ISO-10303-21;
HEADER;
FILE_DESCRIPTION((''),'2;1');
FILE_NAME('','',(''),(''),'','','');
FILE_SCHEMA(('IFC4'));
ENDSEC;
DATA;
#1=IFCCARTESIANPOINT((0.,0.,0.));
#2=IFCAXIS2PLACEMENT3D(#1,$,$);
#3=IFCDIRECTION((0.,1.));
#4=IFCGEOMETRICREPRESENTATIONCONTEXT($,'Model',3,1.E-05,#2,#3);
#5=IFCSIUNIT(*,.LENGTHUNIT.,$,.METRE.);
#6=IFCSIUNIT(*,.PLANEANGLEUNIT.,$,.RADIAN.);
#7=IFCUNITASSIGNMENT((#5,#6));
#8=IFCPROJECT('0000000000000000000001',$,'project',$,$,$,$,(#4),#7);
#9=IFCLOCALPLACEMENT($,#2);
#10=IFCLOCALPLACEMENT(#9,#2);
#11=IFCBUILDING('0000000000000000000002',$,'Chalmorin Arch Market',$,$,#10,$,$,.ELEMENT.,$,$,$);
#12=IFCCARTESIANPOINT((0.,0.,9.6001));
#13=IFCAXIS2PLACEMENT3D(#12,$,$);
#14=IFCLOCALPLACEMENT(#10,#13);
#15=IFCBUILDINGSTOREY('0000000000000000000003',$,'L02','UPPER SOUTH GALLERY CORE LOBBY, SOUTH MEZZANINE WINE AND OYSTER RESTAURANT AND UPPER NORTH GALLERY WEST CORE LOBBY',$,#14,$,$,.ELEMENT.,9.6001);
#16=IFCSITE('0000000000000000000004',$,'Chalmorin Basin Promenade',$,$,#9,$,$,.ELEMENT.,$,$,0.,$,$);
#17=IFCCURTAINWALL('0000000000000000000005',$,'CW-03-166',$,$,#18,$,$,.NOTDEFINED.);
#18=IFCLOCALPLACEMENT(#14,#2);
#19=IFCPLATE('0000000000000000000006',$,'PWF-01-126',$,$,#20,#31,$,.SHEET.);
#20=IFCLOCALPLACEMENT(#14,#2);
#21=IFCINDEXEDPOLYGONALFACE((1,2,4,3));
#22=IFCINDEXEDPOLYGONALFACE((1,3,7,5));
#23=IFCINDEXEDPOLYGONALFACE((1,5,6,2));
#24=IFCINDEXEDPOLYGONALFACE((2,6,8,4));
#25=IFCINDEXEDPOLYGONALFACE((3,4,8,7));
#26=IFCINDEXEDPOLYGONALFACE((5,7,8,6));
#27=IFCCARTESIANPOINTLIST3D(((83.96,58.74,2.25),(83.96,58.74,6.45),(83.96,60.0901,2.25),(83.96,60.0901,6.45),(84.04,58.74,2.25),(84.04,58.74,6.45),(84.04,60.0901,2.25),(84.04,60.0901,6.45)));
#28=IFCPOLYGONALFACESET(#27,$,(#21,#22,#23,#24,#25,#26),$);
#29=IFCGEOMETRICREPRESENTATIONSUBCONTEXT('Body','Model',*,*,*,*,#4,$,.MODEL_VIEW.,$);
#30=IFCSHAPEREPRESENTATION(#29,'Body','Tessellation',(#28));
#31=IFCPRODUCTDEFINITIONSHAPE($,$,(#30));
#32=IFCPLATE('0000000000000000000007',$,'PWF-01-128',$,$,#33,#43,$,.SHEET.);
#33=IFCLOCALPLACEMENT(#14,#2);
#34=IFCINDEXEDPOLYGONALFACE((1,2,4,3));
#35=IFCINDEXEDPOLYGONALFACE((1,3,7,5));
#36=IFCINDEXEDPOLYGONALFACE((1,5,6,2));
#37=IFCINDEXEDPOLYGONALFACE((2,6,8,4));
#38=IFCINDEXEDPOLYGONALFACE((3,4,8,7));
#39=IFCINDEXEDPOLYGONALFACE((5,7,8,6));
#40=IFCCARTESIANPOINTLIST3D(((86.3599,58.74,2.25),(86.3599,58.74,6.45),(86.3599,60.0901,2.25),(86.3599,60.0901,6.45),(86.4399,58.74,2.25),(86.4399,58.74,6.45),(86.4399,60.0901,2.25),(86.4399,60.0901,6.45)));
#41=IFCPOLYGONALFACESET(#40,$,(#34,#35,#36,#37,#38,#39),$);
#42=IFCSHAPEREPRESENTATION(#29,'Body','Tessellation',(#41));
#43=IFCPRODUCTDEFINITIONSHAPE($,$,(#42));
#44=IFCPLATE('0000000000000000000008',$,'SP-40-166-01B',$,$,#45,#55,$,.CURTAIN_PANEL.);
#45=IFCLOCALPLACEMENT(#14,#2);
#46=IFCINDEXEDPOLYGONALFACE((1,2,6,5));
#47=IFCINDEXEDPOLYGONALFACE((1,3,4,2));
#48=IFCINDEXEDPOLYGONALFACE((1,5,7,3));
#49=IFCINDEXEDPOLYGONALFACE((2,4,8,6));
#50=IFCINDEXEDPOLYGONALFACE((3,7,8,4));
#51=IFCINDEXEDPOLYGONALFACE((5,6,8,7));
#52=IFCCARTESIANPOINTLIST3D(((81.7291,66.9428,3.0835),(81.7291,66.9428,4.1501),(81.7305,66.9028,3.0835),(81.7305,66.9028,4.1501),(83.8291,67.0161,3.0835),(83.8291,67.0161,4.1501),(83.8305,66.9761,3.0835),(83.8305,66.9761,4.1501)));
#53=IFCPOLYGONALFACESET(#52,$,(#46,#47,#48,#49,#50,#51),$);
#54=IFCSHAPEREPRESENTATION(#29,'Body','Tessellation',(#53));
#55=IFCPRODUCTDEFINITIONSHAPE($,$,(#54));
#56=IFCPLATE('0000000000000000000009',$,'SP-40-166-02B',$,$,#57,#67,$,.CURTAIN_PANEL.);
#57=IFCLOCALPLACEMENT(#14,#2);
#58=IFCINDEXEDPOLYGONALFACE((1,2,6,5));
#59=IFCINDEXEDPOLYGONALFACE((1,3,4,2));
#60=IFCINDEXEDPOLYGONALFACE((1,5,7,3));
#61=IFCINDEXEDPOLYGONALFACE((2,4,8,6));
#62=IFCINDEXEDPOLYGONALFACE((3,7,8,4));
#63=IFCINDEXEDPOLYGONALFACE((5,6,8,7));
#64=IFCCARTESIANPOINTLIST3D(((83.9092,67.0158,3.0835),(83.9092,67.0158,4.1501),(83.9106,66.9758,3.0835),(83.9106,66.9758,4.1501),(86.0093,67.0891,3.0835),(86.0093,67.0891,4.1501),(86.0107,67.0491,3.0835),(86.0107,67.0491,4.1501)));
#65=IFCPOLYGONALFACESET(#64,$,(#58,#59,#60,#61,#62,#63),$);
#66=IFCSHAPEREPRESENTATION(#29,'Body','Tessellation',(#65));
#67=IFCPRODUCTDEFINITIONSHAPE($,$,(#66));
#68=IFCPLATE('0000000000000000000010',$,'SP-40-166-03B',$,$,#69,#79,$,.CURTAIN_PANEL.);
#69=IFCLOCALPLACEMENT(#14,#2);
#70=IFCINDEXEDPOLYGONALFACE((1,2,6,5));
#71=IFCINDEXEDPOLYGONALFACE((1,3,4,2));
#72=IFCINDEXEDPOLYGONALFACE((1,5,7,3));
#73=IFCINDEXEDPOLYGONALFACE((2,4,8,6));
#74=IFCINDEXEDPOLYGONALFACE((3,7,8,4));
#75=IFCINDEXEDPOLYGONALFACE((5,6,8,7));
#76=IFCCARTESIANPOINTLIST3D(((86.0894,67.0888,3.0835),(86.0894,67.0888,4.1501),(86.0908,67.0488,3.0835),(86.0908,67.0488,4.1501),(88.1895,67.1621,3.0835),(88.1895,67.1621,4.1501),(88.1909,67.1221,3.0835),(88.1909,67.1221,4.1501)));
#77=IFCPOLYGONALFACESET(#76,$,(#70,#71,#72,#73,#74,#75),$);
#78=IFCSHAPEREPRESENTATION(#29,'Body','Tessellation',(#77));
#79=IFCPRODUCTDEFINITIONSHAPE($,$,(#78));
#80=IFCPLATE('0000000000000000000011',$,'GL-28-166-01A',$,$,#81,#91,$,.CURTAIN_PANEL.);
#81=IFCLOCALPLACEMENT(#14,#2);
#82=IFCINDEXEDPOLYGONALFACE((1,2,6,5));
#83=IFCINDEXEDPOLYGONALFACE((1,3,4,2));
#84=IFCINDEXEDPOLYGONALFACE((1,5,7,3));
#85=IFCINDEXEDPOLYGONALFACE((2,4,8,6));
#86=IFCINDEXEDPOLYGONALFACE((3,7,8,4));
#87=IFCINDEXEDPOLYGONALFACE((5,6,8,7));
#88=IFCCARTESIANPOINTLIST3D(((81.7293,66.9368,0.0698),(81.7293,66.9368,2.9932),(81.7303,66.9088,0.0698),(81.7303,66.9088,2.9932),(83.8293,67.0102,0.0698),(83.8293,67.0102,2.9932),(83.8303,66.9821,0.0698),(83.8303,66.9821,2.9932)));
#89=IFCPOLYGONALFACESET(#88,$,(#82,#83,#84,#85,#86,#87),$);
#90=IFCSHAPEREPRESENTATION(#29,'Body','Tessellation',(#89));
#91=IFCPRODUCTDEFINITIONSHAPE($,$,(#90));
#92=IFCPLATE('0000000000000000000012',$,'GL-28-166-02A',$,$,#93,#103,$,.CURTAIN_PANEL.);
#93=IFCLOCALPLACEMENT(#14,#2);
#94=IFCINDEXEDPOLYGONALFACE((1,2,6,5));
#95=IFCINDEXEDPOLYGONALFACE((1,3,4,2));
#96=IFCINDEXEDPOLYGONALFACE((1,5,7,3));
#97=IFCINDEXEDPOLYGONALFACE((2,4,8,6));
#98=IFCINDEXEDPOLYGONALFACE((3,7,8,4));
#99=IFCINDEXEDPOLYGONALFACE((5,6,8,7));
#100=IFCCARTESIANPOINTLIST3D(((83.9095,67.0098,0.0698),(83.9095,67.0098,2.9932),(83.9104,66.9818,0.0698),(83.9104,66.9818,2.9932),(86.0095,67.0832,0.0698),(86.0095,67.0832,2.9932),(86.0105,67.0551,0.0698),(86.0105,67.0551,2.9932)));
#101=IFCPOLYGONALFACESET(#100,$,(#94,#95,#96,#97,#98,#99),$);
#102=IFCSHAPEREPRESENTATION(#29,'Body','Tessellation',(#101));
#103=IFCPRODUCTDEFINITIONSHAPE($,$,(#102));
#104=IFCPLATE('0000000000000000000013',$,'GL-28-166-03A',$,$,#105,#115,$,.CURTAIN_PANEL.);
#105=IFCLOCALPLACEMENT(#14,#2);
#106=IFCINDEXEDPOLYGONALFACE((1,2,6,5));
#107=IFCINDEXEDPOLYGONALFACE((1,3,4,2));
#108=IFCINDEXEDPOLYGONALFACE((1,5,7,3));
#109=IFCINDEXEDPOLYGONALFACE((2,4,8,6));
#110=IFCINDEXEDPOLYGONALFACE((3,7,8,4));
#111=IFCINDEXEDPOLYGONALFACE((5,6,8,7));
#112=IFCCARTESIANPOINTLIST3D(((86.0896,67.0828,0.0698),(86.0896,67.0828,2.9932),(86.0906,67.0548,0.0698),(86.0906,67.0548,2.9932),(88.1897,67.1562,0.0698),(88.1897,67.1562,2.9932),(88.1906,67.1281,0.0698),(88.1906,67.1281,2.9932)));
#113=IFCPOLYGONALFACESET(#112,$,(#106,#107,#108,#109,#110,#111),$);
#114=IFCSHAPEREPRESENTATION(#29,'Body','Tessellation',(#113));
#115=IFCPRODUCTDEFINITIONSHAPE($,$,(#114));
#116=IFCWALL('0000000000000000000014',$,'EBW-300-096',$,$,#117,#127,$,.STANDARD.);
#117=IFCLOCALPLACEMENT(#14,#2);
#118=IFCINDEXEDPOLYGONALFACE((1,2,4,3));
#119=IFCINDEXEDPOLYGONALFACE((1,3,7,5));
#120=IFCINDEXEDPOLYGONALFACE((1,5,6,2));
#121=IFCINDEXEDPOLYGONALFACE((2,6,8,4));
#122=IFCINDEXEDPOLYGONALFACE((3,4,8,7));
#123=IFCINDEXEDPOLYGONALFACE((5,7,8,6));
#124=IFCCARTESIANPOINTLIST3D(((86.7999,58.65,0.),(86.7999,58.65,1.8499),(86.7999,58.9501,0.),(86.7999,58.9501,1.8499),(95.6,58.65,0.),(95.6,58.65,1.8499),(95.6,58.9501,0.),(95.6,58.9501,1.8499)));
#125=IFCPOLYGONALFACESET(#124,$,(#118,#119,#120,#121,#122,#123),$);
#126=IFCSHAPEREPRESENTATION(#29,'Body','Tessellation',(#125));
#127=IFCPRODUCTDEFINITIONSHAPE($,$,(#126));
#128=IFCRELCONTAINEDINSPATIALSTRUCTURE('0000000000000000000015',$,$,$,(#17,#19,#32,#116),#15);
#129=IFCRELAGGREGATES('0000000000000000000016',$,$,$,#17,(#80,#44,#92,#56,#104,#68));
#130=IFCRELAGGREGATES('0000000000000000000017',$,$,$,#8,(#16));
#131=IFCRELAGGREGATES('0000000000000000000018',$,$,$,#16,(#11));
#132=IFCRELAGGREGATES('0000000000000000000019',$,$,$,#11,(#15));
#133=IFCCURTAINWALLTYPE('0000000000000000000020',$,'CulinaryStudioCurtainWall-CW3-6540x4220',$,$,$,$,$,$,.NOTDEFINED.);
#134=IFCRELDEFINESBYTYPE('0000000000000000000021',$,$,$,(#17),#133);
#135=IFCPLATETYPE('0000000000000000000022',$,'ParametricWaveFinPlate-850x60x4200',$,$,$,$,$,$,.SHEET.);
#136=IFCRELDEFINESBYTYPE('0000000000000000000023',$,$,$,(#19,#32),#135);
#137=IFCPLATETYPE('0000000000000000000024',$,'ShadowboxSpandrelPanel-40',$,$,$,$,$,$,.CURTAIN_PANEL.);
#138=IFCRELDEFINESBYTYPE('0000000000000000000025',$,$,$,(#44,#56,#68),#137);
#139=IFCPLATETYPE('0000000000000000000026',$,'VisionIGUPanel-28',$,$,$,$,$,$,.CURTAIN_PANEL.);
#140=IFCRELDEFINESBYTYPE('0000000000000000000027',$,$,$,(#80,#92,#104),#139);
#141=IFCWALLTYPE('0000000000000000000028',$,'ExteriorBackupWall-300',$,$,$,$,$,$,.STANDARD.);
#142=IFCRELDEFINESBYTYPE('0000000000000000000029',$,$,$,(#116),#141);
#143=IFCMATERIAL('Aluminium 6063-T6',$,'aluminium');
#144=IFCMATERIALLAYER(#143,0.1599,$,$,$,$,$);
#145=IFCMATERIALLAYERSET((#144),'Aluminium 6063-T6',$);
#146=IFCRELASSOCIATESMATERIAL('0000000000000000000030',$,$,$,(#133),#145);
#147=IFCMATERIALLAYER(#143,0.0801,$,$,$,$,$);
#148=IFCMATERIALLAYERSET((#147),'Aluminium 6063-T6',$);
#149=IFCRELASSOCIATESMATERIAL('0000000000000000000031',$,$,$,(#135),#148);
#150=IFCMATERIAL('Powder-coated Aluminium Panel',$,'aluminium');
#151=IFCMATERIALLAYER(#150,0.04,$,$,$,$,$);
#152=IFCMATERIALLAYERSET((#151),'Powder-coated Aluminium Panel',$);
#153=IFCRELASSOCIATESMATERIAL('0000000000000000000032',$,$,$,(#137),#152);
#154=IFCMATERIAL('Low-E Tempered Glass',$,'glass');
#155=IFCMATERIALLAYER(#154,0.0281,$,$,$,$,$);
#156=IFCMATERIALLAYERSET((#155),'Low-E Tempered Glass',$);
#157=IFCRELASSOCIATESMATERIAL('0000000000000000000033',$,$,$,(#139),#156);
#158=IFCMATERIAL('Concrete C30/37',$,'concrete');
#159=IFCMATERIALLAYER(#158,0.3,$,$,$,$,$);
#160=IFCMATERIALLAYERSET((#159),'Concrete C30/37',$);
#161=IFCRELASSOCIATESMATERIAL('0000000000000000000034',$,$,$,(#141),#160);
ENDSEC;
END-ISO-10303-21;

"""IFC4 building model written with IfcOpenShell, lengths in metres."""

from ifc_helpers import new_model, si_unit, direction, frame, frame_2d, origin, origin_2d, place, context, subcontext, project, spatial, rectangle, extrude, material, layer, layer_set, type_object, element, aggregate, save


model = new_model("IFC4")

# Units and contexts
model_context = context("Model", 3, precision=1e-05, world=origin(), true_north=direction((0.0, 1.0)))
body_context = subcontext(model_context, "Body", "Model", "MODEL_VIEW")
ifc_project = project(units=[si_unit("LENGTHUNIT", "METRE"), si_unit("PLANEANGLEUNIT", "RADIAN")], contexts=[model_context])

# Site, building, storey
site_placement = place(None, origin())
site = spatial("IfcSite", under=ifc_project, at=site_placement, Name="Chalmorin Basin Promenade", CompositionType="ELEMENT", RefElevation=0.0)
building_placement = place(site_placement, origin())
building = spatial("IfcBuilding", under=site, at=building_placement, Name="Chalmorin Arch Market", CompositionType="ELEMENT")
storey_placement = place(building_placement, frame((0.0, 0.0, 9.6001)))
storey = spatial("IfcBuildingStorey", under=building, at=storey_placement, Name="L02", Description="UPPER SOUTH GALLERY CORE LOBBY, SOUTH MEZZANINE WINE AND OYSTER RESTAURANT AND UPPER NORTH GALLERY WEST CORE LOBBY", CompositionType="ELEMENT", Elevation=9.6001)

# Curtain wall
ifc_material_1 = material(Name="Aluminium 6063-T6", Category="aluminium")
ifc_layer_1 = layer(ifc_material_1, 0.1599)
ifc_layer_set_1 = layer_set([ifc_layer_1], Name="Aluminium 6063-T6")
curtain_wall_type_1 = type_object("IfcCurtainWallType", Name="CulinaryStudioCurtainWall-CW3-6540x4220", PredefinedType="NOTDEFINED", material=ifc_layer_set_1)
curtain_wall_1_placement = place(storey_placement, origin())
curtain_wall_1 = element("IfcCurtainWall", 1, at=curtain_wall_1_placement, inside=storey, type_object=curtain_wall_type_1, Name="CW-03-166", PredefinedType="NOTDEFINED")

# Plates
ifc_layer_2 = layer(ifc_material_1, 0.0801)
ifc_layer_set_2 = layer_set([ifc_layer_2], Name="Aluminium 6063-T6")
plate_type_1 = type_object("IfcPlateType", Name="ParametricWaveFinPlate-850x60x4200", PredefinedType="SHEET", material=ifc_layer_set_2)
for number, where, z_axis, x_axis, name in (
    (2, (84.0, 59.415, 2.25), (0.0, 0.0, 1.0), (0.0, 1.0, 0.0), "PWF-01-126"),
    (3, (86.3999, 59.415, 2.25), (0.0, 0.0, 1.0), (0.0, 1.0, 0.0), "PWF-01-128"),
):
    element("IfcPlate", number, at=place(storey_placement, frame(where, z_axis=z_axis, x_axis=x_axis)), inside=storey, type_object=plate_type_1, Name=name, PredefinedType="SHEET", context=body_context, shape_type="SweptSolid", body=[
        extrude(rectangle(XDim=1.3501, YDim=0.0801, at=origin_2d()), origin(), (0.0, 0.0, 1.0), 4.2),
    ])

# Plates
ifc_material_2 = material(Name="Powder-coated Aluminium Panel", Category="aluminium")
ifc_layer_3 = layer(ifc_material_2, 0.04)
ifc_layer_set_3 = layer_set([ifc_layer_3], Name="Powder-coated Aluminium Panel")
plate_type_2 = type_object("IfcPlateType", Name="ShadowboxSpandrelPanel-40", PredefinedType="CURTAIN_PANEL", material=ifc_layer_set_3)
plate_1_placement = place(storey_placement, frame((82.7798, 66.9595, 3.0835), z_axis=(0.0, 0.0, 1.0), x_axis=(0.999391, 0.034899, 0.0)))
plate_1 = element("IfcPlate", 4, at=plate_1_placement, type_object=plate_type_2, Name="SP-40-166-01B", PredefinedType="CURTAIN_PANEL", context=body_context, shape_type="SweptSolid", body=[
    extrude(rectangle(XDim=2.1013, YDim=0.04, at=origin_2d()), origin(), (0.0, 0.0, 1.0), 1.0667),
])
plate_2_placement = place(storey_placement, frame((84.96, 67.0325, 3.0835), z_axis=(0.0, 0.0, 1.0), x_axis=(0.999391, 0.034899, 0.0)))
plate_2 = element("IfcPlate", 5, at=plate_2_placement, type_object=plate_type_2, Name="SP-40-166-02B", PredefinedType="CURTAIN_PANEL", context=body_context, shape_type="SweptSolid", body=[
    extrude(rectangle(XDim=2.1013, YDim=0.04, at=origin_2d()), origin(), (0.0, 0.0, 1.0), 1.0667),
])
plate_3_placement = place(storey_placement, frame((87.1401, 67.1055, 3.0835), z_axis=(0.0, 0.0, 1.0), x_axis=(0.999391, 0.034899, 0.0)))
plate_3 = element("IfcPlate", 6, at=plate_3_placement, type_object=plate_type_2, Name="SP-40-166-03B", PredefinedType="CURTAIN_PANEL", context=body_context, shape_type="SweptSolid", body=[
    extrude(rectangle(XDim=2.1013, YDim=0.04, at=origin_2d()), origin(), (0.0, 0.0, 1.0), 1.0667),
])
ifc_material_3 = material(Name="Low-E Tempered Glass", Category="glass")
ifc_layer_4 = layer(ifc_material_3, 0.0281)
ifc_layer_set_4 = layer_set([ifc_layer_4], Name="Low-E Tempered Glass")
plate_type_3 = type_object("IfcPlateType", Name="VisionIGUPanel-28", PredefinedType="CURTAIN_PANEL", material=ifc_layer_set_4)
plate_4_placement = place(storey_placement, frame((82.7798, 66.9595, 0.0698), z_axis=(0.0, 0.0, 1.0), x_axis=(0.999391, 0.034899, 0.0)))
plate_4 = element("IfcPlate", 7, at=plate_4_placement, type_object=plate_type_3, Name="GL-28-166-01A", PredefinedType="CURTAIN_PANEL", context=body_context, shape_type="SweptSolid", body=[
    extrude(rectangle(XDim=2.1013, YDim=0.0281, at=origin_2d()), origin(), (0.0, 0.0, 1.0), 2.9233),
])
plate_5_placement = place(storey_placement, frame((84.96, 67.0325, 0.0698), z_axis=(0.0, 0.0, 1.0), x_axis=(0.999391, 0.034899, 0.0)))
plate_5 = element("IfcPlate", 8, at=plate_5_placement, type_object=plate_type_3, Name="GL-28-166-02A", PredefinedType="CURTAIN_PANEL", context=body_context, shape_type="SweptSolid", body=[
    extrude(rectangle(XDim=2.1013, YDim=0.0281, at=origin_2d()), origin(), (0.0, 0.0, 1.0), 2.9233),
])
plate_6_placement = place(storey_placement, frame((87.1401, 67.1055, 0.0698), z_axis=(0.0, 0.0, 1.0), x_axis=(0.999391, 0.034899, 0.0)))
plate_6 = element("IfcPlate", 9, at=plate_6_placement, type_object=plate_type_3, Name="GL-28-166-03A", PredefinedType="CURTAIN_PANEL", context=body_context, shape_type="SweptSolid", body=[
    extrude(rectangle(XDim=2.1013, YDim=0.0281, at=origin_2d()), origin(), (0.0, 0.0, 1.0), 2.9233),
])
aggregate(curtain_wall_1, [plate_4, plate_1, plate_5, plate_2, plate_6, plate_3])

# Wall
ifc_material_4 = material(Name="Concrete C30/37", Category="concrete")
ifc_layer_5 = layer(ifc_material_4, 0.3)
ifc_layer_set_5 = layer_set([ifc_layer_5], Name="Concrete C30/37")
wall_type = type_object("IfcWallType", Name="ExteriorBackupWall-300", PredefinedType="STANDARD", material=ifc_layer_set_5)
wall_1_placement = place(storey_placement, frame((86.8, 58.8, 0.0), z_axis=(0.0, 0.0, 1.0), x_axis=(1.0, 0.0, 0.0)))
element("IfcWall", 10, at=wall_1_placement, inside=storey, type_object=wall_type, Name="EBW-300-096", PredefinedType="STANDARD", context=body_context, shape_type="SweptSolid", body=[
    extrude(rectangle(XDim=8.8, YDim=0.3, at=frame_2d((4.3999, 0.0))), origin(), (0.0, 0.0, 1.0), 1.8499),
])

save(model, "model.ifc")
